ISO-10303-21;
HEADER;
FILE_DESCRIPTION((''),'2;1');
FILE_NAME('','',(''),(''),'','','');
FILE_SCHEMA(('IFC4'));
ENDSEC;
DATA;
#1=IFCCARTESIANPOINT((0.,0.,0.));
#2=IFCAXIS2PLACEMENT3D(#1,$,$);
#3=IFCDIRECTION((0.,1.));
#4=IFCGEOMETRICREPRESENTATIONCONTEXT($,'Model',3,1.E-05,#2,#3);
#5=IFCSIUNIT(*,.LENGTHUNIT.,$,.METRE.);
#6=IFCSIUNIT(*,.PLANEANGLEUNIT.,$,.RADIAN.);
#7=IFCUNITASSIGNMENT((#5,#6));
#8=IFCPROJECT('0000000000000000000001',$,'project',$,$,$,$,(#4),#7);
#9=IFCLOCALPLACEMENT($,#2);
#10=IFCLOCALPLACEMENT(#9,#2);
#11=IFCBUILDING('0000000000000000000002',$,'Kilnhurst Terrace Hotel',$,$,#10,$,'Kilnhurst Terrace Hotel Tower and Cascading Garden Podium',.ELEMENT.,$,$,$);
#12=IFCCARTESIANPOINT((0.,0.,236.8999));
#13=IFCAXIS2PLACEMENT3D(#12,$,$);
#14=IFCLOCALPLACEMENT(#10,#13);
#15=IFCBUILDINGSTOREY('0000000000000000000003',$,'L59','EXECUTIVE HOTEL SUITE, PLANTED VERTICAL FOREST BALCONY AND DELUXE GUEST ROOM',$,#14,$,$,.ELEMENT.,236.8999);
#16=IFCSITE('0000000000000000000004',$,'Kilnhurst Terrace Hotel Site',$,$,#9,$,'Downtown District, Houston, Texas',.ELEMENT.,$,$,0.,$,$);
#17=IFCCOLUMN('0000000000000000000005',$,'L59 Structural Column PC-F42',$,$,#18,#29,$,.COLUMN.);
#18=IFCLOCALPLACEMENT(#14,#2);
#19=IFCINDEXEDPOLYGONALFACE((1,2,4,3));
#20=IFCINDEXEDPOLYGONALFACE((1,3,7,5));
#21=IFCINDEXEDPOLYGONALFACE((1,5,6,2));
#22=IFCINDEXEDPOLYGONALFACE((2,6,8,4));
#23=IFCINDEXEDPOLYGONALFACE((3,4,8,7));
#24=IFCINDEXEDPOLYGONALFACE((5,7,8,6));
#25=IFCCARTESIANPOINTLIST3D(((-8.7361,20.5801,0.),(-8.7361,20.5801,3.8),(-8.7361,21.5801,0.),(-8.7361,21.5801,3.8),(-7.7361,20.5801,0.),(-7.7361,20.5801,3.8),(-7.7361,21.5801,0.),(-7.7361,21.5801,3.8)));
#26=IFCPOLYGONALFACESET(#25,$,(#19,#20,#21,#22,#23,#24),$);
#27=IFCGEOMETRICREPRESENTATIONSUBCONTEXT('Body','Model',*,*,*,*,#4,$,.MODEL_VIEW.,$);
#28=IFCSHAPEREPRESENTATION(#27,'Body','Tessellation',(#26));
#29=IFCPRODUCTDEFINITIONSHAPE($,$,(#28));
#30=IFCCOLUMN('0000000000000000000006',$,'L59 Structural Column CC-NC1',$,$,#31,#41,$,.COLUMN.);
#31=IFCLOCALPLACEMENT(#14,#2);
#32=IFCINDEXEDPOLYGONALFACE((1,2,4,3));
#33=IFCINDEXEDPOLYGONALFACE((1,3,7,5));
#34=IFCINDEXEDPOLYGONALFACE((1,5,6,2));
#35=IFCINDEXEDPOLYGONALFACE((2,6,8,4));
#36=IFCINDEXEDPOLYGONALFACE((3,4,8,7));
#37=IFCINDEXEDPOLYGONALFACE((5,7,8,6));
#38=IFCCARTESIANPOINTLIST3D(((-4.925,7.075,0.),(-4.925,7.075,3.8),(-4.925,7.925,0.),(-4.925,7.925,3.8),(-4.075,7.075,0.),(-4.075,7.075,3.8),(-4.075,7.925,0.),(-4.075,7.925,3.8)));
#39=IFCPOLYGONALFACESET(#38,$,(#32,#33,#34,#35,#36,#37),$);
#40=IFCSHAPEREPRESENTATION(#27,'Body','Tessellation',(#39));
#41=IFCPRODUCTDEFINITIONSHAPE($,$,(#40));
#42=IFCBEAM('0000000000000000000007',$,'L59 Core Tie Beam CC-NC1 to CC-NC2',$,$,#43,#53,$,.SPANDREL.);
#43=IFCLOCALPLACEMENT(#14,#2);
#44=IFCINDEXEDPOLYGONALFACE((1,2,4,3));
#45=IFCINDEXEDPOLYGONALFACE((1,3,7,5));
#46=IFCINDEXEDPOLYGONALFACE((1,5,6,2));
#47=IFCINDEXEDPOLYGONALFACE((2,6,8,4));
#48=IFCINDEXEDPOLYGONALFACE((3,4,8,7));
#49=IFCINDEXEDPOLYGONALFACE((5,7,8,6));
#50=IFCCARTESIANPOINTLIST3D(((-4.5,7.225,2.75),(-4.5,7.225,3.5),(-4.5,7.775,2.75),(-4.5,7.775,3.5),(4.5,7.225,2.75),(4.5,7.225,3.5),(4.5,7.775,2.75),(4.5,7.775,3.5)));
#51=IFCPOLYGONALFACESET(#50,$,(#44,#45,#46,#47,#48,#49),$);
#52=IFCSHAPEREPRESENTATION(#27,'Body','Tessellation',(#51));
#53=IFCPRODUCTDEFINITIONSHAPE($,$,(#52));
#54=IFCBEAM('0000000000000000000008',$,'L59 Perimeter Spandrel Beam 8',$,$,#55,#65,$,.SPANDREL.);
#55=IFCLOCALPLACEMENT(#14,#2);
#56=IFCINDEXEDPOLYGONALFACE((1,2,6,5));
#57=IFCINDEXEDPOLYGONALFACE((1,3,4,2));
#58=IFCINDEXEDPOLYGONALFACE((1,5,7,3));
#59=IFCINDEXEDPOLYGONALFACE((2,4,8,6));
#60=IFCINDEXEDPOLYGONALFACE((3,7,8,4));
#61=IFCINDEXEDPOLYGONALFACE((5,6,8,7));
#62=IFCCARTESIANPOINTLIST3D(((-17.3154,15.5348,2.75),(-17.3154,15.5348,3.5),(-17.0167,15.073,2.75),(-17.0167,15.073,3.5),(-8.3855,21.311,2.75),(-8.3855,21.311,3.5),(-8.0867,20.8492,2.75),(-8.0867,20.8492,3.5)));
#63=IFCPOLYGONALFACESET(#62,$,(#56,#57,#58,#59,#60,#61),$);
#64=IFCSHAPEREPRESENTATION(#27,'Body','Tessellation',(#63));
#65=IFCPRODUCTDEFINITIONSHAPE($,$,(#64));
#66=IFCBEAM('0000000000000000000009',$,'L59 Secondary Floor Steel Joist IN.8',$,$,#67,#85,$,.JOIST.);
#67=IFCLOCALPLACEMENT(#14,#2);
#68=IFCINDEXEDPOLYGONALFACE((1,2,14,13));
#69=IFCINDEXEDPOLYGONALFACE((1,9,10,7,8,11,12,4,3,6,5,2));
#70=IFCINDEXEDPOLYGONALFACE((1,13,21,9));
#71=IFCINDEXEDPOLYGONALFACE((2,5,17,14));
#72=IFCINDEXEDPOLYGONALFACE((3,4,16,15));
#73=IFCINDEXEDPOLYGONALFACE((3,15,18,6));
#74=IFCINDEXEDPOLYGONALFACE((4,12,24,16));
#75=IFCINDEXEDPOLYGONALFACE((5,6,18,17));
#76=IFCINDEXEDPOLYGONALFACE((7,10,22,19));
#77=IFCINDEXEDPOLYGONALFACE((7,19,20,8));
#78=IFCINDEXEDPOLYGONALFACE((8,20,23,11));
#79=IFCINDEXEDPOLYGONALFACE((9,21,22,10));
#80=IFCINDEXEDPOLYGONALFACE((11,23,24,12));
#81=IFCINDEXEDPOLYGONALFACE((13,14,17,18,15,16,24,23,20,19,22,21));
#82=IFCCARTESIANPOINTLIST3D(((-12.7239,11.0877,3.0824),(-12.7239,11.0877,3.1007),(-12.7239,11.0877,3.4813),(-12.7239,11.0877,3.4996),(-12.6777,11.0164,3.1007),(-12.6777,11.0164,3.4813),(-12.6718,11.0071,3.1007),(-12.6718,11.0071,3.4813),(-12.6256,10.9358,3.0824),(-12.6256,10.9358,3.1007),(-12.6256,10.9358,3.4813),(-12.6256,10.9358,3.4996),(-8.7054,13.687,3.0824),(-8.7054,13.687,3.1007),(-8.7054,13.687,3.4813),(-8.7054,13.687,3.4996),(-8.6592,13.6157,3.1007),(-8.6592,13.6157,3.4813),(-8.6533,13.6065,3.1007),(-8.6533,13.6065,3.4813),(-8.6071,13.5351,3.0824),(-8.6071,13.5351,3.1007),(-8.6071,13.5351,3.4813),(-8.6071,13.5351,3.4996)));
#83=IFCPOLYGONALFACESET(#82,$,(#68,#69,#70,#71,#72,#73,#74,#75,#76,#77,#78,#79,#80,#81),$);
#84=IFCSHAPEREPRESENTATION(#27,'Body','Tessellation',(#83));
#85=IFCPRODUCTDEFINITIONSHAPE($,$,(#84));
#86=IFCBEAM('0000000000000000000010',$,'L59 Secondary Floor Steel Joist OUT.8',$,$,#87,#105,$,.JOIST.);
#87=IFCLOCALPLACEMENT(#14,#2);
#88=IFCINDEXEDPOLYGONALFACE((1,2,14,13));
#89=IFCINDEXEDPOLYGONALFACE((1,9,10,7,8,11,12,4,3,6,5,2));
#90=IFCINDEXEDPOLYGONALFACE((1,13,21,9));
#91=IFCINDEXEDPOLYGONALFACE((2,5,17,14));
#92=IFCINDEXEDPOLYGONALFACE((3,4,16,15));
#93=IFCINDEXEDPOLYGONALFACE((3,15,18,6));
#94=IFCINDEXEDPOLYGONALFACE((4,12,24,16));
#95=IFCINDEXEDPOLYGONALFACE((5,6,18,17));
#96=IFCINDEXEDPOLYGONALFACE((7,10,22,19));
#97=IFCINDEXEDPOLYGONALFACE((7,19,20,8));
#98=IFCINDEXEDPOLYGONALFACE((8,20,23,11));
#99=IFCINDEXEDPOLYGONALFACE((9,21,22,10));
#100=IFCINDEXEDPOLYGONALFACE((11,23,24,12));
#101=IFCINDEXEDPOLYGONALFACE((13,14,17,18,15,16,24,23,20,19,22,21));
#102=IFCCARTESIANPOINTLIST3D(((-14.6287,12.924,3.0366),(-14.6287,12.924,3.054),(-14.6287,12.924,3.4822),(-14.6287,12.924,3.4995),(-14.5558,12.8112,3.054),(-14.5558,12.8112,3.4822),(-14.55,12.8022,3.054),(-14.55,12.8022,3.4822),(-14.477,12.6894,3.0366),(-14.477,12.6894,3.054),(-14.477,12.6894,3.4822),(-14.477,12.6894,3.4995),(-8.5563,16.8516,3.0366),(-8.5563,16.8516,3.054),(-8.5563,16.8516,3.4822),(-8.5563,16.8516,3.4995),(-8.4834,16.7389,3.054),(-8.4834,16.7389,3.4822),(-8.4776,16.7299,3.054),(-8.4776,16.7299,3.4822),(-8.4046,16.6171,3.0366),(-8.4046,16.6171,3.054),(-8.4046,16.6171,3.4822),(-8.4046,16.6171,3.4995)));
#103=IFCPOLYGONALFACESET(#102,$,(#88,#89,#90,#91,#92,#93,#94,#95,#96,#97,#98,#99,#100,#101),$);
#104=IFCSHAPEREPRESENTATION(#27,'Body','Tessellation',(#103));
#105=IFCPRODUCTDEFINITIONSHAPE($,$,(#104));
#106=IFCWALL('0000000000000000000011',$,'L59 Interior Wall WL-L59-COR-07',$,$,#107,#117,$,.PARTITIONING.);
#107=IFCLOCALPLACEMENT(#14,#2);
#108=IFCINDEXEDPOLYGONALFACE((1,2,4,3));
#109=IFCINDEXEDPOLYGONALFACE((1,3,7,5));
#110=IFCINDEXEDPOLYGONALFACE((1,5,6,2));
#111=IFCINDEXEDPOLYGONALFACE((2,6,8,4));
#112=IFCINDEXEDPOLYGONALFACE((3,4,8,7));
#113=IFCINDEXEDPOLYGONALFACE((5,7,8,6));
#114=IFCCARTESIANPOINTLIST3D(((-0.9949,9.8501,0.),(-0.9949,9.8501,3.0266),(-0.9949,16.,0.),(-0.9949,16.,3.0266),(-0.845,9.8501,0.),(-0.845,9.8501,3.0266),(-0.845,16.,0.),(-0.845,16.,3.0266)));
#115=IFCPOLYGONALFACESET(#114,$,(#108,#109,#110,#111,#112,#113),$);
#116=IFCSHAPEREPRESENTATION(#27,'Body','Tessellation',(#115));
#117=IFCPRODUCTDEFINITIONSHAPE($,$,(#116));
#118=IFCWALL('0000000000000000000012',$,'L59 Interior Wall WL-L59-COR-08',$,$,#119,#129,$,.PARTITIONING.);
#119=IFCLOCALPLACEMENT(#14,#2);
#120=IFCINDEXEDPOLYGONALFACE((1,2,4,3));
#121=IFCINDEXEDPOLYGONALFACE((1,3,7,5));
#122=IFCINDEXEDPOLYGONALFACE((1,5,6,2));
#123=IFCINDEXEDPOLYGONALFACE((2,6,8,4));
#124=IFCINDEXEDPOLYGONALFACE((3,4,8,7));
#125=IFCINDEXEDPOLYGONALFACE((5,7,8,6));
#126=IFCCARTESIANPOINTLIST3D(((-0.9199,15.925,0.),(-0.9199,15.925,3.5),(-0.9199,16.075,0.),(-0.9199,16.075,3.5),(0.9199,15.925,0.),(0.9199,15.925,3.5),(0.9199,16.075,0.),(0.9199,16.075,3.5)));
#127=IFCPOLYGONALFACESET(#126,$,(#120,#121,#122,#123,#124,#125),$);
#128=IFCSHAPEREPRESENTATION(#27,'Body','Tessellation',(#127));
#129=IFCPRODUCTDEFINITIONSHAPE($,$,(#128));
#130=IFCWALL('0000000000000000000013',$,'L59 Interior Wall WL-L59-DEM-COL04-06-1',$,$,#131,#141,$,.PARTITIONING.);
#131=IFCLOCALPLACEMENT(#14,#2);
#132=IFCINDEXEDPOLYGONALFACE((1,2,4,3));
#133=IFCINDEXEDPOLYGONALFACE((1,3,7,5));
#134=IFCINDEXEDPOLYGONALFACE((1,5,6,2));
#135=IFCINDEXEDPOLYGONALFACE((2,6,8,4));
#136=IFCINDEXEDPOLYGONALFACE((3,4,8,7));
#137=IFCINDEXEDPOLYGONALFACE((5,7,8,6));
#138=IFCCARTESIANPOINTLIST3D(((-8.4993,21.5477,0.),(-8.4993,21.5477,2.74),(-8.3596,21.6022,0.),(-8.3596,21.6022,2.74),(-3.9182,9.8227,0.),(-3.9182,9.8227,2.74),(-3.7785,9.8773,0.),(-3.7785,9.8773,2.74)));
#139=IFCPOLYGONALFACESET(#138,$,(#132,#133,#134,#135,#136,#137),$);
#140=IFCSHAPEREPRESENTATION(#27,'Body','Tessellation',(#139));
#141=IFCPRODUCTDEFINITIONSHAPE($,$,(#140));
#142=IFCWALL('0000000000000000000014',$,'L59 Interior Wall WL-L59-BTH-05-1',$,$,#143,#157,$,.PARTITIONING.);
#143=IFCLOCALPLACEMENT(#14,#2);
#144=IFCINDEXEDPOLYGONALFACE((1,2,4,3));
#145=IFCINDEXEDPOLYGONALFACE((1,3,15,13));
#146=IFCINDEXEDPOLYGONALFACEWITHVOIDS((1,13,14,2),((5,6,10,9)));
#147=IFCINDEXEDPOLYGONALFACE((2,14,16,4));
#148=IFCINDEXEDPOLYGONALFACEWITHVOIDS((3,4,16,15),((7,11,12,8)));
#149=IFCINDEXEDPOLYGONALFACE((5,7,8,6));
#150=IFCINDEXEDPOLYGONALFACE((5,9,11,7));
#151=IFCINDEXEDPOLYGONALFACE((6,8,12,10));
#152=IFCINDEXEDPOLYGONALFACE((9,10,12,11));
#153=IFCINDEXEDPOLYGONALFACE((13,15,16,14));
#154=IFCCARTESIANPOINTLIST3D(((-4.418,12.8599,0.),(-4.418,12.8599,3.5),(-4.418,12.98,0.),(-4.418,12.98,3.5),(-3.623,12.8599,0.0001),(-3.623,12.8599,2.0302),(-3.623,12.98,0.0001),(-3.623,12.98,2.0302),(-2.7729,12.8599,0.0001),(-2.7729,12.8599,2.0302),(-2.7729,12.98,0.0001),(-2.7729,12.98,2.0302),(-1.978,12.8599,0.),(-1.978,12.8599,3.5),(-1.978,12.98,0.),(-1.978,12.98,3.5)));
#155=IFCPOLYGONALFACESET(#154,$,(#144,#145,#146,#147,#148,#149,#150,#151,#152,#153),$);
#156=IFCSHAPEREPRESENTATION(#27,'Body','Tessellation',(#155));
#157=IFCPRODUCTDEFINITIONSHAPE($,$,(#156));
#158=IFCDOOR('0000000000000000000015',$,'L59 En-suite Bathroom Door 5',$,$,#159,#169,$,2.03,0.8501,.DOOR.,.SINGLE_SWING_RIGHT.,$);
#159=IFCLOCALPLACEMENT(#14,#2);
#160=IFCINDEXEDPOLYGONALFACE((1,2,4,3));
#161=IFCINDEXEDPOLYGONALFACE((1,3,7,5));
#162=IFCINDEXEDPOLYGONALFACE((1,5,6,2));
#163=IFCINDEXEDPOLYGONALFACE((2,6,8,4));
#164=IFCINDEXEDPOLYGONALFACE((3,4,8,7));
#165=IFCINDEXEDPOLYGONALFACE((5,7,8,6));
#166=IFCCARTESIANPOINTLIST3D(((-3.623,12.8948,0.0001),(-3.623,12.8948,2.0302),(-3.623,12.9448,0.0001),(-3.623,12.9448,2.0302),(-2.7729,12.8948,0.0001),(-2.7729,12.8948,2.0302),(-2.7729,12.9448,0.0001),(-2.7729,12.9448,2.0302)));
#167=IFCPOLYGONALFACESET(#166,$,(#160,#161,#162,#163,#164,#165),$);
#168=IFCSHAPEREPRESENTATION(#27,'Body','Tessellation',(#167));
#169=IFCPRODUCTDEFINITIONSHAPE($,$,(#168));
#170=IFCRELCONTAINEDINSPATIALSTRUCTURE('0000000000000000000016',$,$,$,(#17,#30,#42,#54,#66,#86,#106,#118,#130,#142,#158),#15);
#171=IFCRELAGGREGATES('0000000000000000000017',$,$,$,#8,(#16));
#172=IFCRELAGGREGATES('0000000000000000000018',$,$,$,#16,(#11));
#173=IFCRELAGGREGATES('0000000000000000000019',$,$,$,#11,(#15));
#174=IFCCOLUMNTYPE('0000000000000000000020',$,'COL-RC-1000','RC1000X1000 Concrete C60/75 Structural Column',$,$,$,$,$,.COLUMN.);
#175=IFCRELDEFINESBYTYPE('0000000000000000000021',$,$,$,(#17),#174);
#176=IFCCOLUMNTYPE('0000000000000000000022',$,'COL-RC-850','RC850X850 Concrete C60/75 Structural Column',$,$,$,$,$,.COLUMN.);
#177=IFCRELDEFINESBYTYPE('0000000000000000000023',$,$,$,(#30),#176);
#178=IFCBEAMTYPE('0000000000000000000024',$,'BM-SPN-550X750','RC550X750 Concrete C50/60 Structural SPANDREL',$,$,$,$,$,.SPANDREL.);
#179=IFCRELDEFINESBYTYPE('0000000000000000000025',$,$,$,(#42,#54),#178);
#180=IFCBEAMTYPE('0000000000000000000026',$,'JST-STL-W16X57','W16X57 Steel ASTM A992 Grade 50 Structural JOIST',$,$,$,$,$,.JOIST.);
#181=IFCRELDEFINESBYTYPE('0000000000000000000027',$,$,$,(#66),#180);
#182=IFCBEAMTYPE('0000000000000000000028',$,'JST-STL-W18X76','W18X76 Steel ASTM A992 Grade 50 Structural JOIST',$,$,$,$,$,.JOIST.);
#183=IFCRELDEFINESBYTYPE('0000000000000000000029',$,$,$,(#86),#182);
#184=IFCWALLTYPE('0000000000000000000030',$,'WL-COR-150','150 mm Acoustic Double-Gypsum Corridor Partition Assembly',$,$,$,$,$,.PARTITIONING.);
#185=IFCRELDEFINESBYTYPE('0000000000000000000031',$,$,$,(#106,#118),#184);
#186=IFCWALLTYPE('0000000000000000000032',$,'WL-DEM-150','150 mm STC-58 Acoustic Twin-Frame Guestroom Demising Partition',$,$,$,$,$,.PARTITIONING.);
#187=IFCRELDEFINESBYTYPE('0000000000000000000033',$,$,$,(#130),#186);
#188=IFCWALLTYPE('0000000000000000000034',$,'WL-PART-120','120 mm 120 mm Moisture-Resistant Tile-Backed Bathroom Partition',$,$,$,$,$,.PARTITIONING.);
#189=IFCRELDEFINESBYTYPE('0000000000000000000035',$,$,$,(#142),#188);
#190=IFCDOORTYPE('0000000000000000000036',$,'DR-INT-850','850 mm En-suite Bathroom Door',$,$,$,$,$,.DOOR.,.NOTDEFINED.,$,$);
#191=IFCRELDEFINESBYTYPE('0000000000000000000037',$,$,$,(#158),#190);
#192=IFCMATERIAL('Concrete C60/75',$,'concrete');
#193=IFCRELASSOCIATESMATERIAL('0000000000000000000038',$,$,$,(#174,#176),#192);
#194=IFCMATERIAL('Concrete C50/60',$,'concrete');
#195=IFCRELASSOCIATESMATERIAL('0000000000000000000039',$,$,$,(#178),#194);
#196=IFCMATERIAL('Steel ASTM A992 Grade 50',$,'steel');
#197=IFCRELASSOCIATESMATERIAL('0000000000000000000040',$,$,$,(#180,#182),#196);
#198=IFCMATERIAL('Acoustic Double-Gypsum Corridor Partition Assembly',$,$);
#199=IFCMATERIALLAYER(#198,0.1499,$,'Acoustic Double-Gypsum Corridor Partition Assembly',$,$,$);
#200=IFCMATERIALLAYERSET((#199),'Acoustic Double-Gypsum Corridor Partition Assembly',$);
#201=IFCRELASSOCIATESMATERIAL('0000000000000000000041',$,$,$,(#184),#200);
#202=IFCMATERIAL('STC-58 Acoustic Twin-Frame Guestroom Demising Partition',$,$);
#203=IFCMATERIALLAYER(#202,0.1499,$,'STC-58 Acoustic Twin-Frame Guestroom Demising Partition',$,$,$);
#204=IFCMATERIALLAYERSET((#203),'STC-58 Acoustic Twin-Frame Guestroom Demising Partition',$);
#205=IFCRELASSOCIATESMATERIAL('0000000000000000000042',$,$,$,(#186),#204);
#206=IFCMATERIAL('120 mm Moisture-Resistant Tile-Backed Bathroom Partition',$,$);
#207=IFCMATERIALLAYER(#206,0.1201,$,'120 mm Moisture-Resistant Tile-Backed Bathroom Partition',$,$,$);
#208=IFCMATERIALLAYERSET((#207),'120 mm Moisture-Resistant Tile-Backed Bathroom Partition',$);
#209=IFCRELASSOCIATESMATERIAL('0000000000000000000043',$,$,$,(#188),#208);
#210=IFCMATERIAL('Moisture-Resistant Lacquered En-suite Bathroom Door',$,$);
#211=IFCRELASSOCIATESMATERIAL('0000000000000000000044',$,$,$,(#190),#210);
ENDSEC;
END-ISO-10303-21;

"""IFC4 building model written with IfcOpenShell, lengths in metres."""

from ifc_helpers import new_model, si_unit, direction, frame, frame_2d, origin, origin_2d, place, context, subcontext, project, spatial, rectangle, i_section, extrude, material, layer, layer_set, material_profile, profile_set, type_object, element, fill, save


model = new_model("IFC4")

# Units and contexts
model_context = context("Model", 3, precision=1e-05, world=origin(), true_north=direction((0.0, 1.0)))
body_context = subcontext(model_context, "Body", "Model", "MODEL_VIEW")
ifc_project = project(units=[si_unit("LENGTHUNIT", "METRE"), si_unit("PLANEANGLEUNIT", "RADIAN")], contexts=[model_context])

# Site, building, storey
site_placement = place(None, origin())
site = spatial("IfcSite", under=ifc_project, at=site_placement, Name="Kilnhurst Terrace Hotel Site", LongName="Downtown District, Houston, Texas", CompositionType="ELEMENT", RefElevation=0.0)
building_placement = place(site_placement, origin())
building = spatial("IfcBuilding", under=site, at=building_placement, Name="Kilnhurst Terrace Hotel", LongName="Kilnhurst Terrace Hotel Tower and Cascading Garden Podium", CompositionType="ELEMENT")
storey_placement = place(building_placement, frame((0.0, 0.0, 236.8999)))
storey = spatial("IfcBuildingStorey", under=building, at=storey_placement, Name="L59", Description="EXECUTIVE HOTEL SUITE, PLANTED VERTICAL FOREST BALCONY AND DELUXE GUEST ROOM", CompositionType="ELEMENT", Elevation=236.8999)

# Columns
ifc_material_1 = material(Name="Concrete C60/75", Category="concrete")
ifc_material_profile_1 = material_profile(ifc_material_1, rectangle(XDim=1.0, YDim=1.0, at=origin_2d()), Name="RC1000X1000")
ifc_profile_set_1 = profile_set([ifc_material_profile_1], Name="Concrete C60/75")
column_type_1 = type_object("IfcColumnType", Name="COL-RC-1000", Description="RC1000X1000 Concrete C60/75 Structural Column", PredefinedType="COLUMN", material=ifc_profile_set_1)
column_1_placement = place(storey_placement, frame((-8.2361, 21.0801, 0.0), z_axis=(0.0, 0.0, 1.0), x_axis=(1.0, 0.0, 0.0)))
element("IfcColumn", 1, at=column_1_placement, inside=storey, type_object=column_type_1, Name="L59 Structural Column PC-F42", PredefinedType="COLUMN", context=body_context, shape_type="SweptSolid", body=[
    extrude(rectangle(XDim=1.0, YDim=1.0, at=origin_2d()), origin(), (0.0, 0.0, 1.0), 3.8),
])
ifc_material_profile_2 = material_profile(ifc_material_1, rectangle(XDim=0.8501, YDim=0.8501, at=origin_2d()), Name="RC850X850")
ifc_profile_set_2 = profile_set([ifc_material_profile_2], Name="Concrete C60/75")
column_type_2 = type_object("IfcColumnType", Name="COL-RC-850", Description="RC850X850 Concrete C60/75 Structural Column", PredefinedType="COLUMN", material=ifc_profile_set_2)
column_2_placement = place(storey_placement, frame((-4.5, 7.5, 0.0), z_axis=(0.0, 0.0, 1.0), x_axis=(1.0, 0.0, 0.0)))
element("IfcColumn", 2, at=column_2_placement, inside=storey, type_object=column_type_2, Name="L59 Structural Column CC-NC1", PredefinedType="COLUMN", context=body_context, shape_type="SweptSolid", body=[
    extrude(rectangle(XDim=0.8501, YDim=0.8501, at=origin_2d()), origin(), (0.0, 0.0, 1.0), 3.8),
])

# Beams
ifc_material_2 = material(Name="Concrete C50/60", Category="concrete")
ifc_material_profile_3 = material_profile(ifc_material_2, rectangle(XDim=0.55, YDim=0.75, at=origin_2d()), Name="RC550X750")
ifc_profile_set_3 = profile_set([ifc_material_profile_3], Name="Concrete C50/60")
beam_type_1 = type_object("IfcBeamType", Name="BM-SPN-550X750", Description="RC550X750 Concrete C50/60 Structural SPANDREL", PredefinedType="SPANDREL", material=ifc_profile_set_3)
beam_1_placement = place(storey_placement, frame((-4.5, 7.5, 3.125), z_axis=(1.0, 0.0, 0.0), x_axis=(0.0, 1.0, 0.0)))
element("IfcBeam", 3, at=beam_1_placement, inside=storey, type_object=beam_type_1, Name="L59 Core Tie Beam CC-NC1 to CC-NC2", PredefinedType="SPANDREL", context=body_context, shape_type="SweptSolid", body=[
    extrude(rectangle(XDim=0.55, YDim=0.75, at=origin_2d()), origin(), (0.0, 0.0, 1.0), 9.0),
])
beam_2_placement = place(storey_placement, frame((-8.2361, 21.0801, 3.125), z_axis=(-0.839659, -0.543114, 0.0), x_axis=(0.543114, -0.839659, 0.0)))
element("IfcBeam", 4, at=beam_2_placement, inside=storey, type_object=beam_type_1, Name="L59 Perimeter Spandrel Beam 8", PredefinedType="SPANDREL", context=body_context, shape_type="SweptSolid", body=[
    extrude(rectangle(XDim=0.55, YDim=0.75, at=origin_2d()), origin(), (0.0, 0.0, 1.0), 10.6353),
])
ifc_material_3 = material(Name="Steel ASTM A992 Grade 50", Category="steel")
ifc_material_profile_4 = material_profile(ifc_material_3, i_section(OverallWidth=0.1809, OverallDepth=0.4172, WebThickness=0.011, FlangeThickness=0.0183, at=origin_2d()), Name="W16X57")
ifc_profile_set_4 = profile_set([ifc_material_profile_4], Name="Steel ASTM A992 Grade 50")
beam_type_2 = type_object("IfcBeamType", Name="JST-STL-W16X57", Description="W16X57 Steel ASTM A992 Grade 50 Structural JOIST", PredefinedType="JOIST", material=ifc_profile_set_4)
beam_3_placement = place(storey_placement, frame((-8.6562, 13.6111, 3.291), z_axis=(-0.839654, -0.543122, 0.0), x_axis=(0.543122, -0.839654, 0.0)))
element("IfcBeam", 5, at=beam_3_placement, inside=storey, type_object=beam_type_2, Name="L59 Secondary Floor Steel Joist IN.8", PredefinedType="JOIST", context=body_context, shape_type="SweptSolid", body=[
    extrude(i_section(OverallWidth=0.1809, OverallDepth=0.4172, WebThickness=0.011, FlangeThickness=0.0183, at=origin_2d()), origin(), (0.0, 0.0, 1.0), 4.7859),
])
ifc_material_profile_5 = material_profile(ifc_material_3, i_section(OverallWidth=0.2793, OverallDepth=0.4629, WebThickness=0.0107, FlangeThickness=0.0173, at=origin_2d()), Name="W18X76")
ifc_profile_set_5 = profile_set([ifc_material_profile_5], Name="Steel ASTM A992 Grade 50")
beam_type_3 = type_object("IfcBeamType", Name="JST-STL-W18X76", Description="W18X76 Steel ASTM A992 Grade 50 Structural JOIST", PredefinedType="JOIST", material=ifc_profile_set_5)
beam_4_placement = place(storey_placement, frame((-8.4805, 16.7344, 3.2681), z_axis=(-0.839667, -0.543101, 0.0), x_axis=(0.543101, -0.839667, 0.0)))
element("IfcBeam", 6, at=beam_4_placement, inside=storey, type_object=beam_type_3, Name="L59 Secondary Floor Steel Joist OUT.8", PredefinedType="JOIST", context=body_context, shape_type="SweptSolid", body=[
    extrude(i_section(OverallWidth=0.2793, OverallDepth=0.4629, WebThickness=0.0107, FlangeThickness=0.0173, at=origin_2d()), origin(), (0.0, 0.0, 1.0), 7.2319),
])

# Walls
ifc_material_4 = material(Name="Acoustic Double-Gypsum Corridor Partition Assembly")
ifc_layer_1 = layer(ifc_material_4, 0.1499, Name="Acoustic Double-Gypsum Corridor Partition Assembly")
ifc_layer_set_1 = layer_set([ifc_layer_1], Name="Acoustic Double-Gypsum Corridor Partition Assembly")
wall_type_1 = type_object("IfcWallType", Name="WL-COR-150", Description="150 mm Acoustic Double-Gypsum Corridor Partition Assembly", PredefinedType="PARTITIONING", material=ifc_layer_set_1)
wall_1_placement = place(storey_placement, frame((-0.9199, 9.8501, 0.0), z_axis=(0.0, 0.0, 1.0), x_axis=(0.0, 1.0, 0.0)))
element("IfcWall", 7, at=wall_1_placement, inside=storey, type_object=wall_type_1, Name="L59 Interior Wall WL-L59-COR-07", PredefinedType="PARTITIONING", context=body_context, shape_type="SweptSolid", body=[
    extrude(rectangle(XDim=6.1499, YDim=0.1499, at=frame_2d((3.075, 0.0))), origin(), (0.0, 0.0, 1.0), 3.0266),
])
wall_2_placement = place(storey_placement, frame((-0.9199, 16.0, 0.0), z_axis=(0.0, 0.0, 1.0), x_axis=(1.0, 0.0, 0.0)))
element("IfcWall", 8, at=wall_2_placement, inside=storey, type_object=wall_type_1, Name="L59 Interior Wall WL-L59-COR-08", PredefinedType="PARTITIONING", context=body_context, shape_type="SweptSolid", body=[
    extrude(rectangle(XDim=1.8398, YDim=0.1499, at=frame_2d((0.9199, 0.0))), origin(), (0.0, 0.0, 1.0), 3.5),
])
ifc_material_5 = material(Name="STC-58 Acoustic Twin-Frame Guestroom Demising Partition")
ifc_layer_2 = layer(ifc_material_5, 0.1499, Name="STC-58 Acoustic Twin-Frame Guestroom Demising Partition")
ifc_layer_set_2 = layer_set([ifc_layer_2], Name="STC-58 Acoustic Twin-Frame Guestroom Demising Partition")
wall_type_2 = type_object("IfcWallType", Name="WL-DEM-150", Description="150 mm STC-58 Acoustic Twin-Frame Guestroom Demising Partition", PredefinedType="PARTITIONING", material=ifc_layer_set_2)
wall_3_placement = place(storey_placement, frame((-3.8484, 9.8501, 0.0), z_axis=(0.0, 0.0, 1.0), x_axis=(-0.363922, 0.93143, 0.0)))
element("IfcWall", 9, at=wall_3_placement, inside=storey, type_object=wall_type_2, Name="L59 Interior Wall WL-L59-DEM-COL04-06-1", PredefinedType="PARTITIONING", context=body_context, shape_type="SweptSolid", body=[
    extrude(rectangle(XDim=12.5881, YDim=0.1499, at=frame_2d((6.2939, 0.0))), origin(), (0.0, 0.0, 1.0), 2.74),
])

# Wall, opening, door
ifc_material_6 = material(Name="120 mm Moisture-Resistant Tile-Backed Bathroom Partition")
ifc_layer_3 = layer(ifc_material_6, 0.1201, Name="120 mm Moisture-Resistant Tile-Backed Bathroom Partition")
ifc_layer_set_3 = layer_set([ifc_layer_3], Name="120 mm Moisture-Resistant Tile-Backed Bathroom Partition")
wall_type_3 = type_object("IfcWallType", Name="WL-PART-120", Description="120 mm 120 mm Moisture-Resistant Tile-Backed Bathroom Partition", PredefinedType="PARTITIONING", material=ifc_layer_set_3)
wall_4_placement = place(storey_placement, frame((-4.418, 12.9199, 0.0), z_axis=(0.0, 0.0, 1.0), x_axis=(1.0, 0.0, 0.0)))
wall_4 = element("IfcWall", 10, at=wall_4_placement, inside=storey, type_object=wall_type_3, Name="L59 Interior Wall WL-L59-BTH-05-1", PredefinedType="PARTITIONING", context=body_context, shape_type="SweptSolid", body=[
    extrude(rectangle(XDim=2.4399, YDim=0.1201, at=frame_2d((1.22, 0.0))), origin(), (0.0, 0.0, 1.0), 3.5),
])
opening_1_placement = place(wall_4_placement, frame((0.7949, 0.0, 0.0)))
opening_1 = element("IfcOpeningElement", 11, at=opening_1_placement, cuts=wall_4, PredefinedType="OPENING", context=body_context, shape_type="SweptSolid", body=[
    extrude(rectangle(XDim=0.8501, YDim=2.03, at=frame_2d((0.425, 1.0151))), frame((0.0, 0.0701, 0.0), z_axis=(0.0, -1.0, 0.0), x_axis=(1.0, 0.0, 0.0)), (0.0, 0.0, 1.0), 0.1401),
])
ifc_material_7 = material(Name="Moisture-Resistant Lacquered En-suite Bathroom Door")
door_type_1 = type_object("IfcDoorType", Name="DR-INT-850", Description="850 mm En-suite Bathroom Door", OperationType="NOTDEFINED", PredefinedType="DOOR", material=ifc_material_7)
door_1_placement = place(opening_1_placement, origin())
door_1 = element("IfcDoor", 12, at=door_1_placement, inside=storey, type_object=door_type_1, Name="L59 En-suite Bathroom Door 5", OperationType="SINGLE_SWING_RIGHT", OverallHeight=2.03, OverallWidth=0.8501, PredefinedType="DOOR", context=body_context, shape_type="SweptSolid", body=[
    extrude(rectangle(XDim=0.8501, YDim=2.03, at=frame_2d((0.425, 1.0151))), frame((0.0, 0.0249, 0.0), z_axis=(0.0, -1.0, 0.0), x_axis=(1.0, 0.0, 0.0)), (0.0, 0.0, 1.0), 0.05),
])
fill(opening_1, door_1)

save(model, "model.ifc")
